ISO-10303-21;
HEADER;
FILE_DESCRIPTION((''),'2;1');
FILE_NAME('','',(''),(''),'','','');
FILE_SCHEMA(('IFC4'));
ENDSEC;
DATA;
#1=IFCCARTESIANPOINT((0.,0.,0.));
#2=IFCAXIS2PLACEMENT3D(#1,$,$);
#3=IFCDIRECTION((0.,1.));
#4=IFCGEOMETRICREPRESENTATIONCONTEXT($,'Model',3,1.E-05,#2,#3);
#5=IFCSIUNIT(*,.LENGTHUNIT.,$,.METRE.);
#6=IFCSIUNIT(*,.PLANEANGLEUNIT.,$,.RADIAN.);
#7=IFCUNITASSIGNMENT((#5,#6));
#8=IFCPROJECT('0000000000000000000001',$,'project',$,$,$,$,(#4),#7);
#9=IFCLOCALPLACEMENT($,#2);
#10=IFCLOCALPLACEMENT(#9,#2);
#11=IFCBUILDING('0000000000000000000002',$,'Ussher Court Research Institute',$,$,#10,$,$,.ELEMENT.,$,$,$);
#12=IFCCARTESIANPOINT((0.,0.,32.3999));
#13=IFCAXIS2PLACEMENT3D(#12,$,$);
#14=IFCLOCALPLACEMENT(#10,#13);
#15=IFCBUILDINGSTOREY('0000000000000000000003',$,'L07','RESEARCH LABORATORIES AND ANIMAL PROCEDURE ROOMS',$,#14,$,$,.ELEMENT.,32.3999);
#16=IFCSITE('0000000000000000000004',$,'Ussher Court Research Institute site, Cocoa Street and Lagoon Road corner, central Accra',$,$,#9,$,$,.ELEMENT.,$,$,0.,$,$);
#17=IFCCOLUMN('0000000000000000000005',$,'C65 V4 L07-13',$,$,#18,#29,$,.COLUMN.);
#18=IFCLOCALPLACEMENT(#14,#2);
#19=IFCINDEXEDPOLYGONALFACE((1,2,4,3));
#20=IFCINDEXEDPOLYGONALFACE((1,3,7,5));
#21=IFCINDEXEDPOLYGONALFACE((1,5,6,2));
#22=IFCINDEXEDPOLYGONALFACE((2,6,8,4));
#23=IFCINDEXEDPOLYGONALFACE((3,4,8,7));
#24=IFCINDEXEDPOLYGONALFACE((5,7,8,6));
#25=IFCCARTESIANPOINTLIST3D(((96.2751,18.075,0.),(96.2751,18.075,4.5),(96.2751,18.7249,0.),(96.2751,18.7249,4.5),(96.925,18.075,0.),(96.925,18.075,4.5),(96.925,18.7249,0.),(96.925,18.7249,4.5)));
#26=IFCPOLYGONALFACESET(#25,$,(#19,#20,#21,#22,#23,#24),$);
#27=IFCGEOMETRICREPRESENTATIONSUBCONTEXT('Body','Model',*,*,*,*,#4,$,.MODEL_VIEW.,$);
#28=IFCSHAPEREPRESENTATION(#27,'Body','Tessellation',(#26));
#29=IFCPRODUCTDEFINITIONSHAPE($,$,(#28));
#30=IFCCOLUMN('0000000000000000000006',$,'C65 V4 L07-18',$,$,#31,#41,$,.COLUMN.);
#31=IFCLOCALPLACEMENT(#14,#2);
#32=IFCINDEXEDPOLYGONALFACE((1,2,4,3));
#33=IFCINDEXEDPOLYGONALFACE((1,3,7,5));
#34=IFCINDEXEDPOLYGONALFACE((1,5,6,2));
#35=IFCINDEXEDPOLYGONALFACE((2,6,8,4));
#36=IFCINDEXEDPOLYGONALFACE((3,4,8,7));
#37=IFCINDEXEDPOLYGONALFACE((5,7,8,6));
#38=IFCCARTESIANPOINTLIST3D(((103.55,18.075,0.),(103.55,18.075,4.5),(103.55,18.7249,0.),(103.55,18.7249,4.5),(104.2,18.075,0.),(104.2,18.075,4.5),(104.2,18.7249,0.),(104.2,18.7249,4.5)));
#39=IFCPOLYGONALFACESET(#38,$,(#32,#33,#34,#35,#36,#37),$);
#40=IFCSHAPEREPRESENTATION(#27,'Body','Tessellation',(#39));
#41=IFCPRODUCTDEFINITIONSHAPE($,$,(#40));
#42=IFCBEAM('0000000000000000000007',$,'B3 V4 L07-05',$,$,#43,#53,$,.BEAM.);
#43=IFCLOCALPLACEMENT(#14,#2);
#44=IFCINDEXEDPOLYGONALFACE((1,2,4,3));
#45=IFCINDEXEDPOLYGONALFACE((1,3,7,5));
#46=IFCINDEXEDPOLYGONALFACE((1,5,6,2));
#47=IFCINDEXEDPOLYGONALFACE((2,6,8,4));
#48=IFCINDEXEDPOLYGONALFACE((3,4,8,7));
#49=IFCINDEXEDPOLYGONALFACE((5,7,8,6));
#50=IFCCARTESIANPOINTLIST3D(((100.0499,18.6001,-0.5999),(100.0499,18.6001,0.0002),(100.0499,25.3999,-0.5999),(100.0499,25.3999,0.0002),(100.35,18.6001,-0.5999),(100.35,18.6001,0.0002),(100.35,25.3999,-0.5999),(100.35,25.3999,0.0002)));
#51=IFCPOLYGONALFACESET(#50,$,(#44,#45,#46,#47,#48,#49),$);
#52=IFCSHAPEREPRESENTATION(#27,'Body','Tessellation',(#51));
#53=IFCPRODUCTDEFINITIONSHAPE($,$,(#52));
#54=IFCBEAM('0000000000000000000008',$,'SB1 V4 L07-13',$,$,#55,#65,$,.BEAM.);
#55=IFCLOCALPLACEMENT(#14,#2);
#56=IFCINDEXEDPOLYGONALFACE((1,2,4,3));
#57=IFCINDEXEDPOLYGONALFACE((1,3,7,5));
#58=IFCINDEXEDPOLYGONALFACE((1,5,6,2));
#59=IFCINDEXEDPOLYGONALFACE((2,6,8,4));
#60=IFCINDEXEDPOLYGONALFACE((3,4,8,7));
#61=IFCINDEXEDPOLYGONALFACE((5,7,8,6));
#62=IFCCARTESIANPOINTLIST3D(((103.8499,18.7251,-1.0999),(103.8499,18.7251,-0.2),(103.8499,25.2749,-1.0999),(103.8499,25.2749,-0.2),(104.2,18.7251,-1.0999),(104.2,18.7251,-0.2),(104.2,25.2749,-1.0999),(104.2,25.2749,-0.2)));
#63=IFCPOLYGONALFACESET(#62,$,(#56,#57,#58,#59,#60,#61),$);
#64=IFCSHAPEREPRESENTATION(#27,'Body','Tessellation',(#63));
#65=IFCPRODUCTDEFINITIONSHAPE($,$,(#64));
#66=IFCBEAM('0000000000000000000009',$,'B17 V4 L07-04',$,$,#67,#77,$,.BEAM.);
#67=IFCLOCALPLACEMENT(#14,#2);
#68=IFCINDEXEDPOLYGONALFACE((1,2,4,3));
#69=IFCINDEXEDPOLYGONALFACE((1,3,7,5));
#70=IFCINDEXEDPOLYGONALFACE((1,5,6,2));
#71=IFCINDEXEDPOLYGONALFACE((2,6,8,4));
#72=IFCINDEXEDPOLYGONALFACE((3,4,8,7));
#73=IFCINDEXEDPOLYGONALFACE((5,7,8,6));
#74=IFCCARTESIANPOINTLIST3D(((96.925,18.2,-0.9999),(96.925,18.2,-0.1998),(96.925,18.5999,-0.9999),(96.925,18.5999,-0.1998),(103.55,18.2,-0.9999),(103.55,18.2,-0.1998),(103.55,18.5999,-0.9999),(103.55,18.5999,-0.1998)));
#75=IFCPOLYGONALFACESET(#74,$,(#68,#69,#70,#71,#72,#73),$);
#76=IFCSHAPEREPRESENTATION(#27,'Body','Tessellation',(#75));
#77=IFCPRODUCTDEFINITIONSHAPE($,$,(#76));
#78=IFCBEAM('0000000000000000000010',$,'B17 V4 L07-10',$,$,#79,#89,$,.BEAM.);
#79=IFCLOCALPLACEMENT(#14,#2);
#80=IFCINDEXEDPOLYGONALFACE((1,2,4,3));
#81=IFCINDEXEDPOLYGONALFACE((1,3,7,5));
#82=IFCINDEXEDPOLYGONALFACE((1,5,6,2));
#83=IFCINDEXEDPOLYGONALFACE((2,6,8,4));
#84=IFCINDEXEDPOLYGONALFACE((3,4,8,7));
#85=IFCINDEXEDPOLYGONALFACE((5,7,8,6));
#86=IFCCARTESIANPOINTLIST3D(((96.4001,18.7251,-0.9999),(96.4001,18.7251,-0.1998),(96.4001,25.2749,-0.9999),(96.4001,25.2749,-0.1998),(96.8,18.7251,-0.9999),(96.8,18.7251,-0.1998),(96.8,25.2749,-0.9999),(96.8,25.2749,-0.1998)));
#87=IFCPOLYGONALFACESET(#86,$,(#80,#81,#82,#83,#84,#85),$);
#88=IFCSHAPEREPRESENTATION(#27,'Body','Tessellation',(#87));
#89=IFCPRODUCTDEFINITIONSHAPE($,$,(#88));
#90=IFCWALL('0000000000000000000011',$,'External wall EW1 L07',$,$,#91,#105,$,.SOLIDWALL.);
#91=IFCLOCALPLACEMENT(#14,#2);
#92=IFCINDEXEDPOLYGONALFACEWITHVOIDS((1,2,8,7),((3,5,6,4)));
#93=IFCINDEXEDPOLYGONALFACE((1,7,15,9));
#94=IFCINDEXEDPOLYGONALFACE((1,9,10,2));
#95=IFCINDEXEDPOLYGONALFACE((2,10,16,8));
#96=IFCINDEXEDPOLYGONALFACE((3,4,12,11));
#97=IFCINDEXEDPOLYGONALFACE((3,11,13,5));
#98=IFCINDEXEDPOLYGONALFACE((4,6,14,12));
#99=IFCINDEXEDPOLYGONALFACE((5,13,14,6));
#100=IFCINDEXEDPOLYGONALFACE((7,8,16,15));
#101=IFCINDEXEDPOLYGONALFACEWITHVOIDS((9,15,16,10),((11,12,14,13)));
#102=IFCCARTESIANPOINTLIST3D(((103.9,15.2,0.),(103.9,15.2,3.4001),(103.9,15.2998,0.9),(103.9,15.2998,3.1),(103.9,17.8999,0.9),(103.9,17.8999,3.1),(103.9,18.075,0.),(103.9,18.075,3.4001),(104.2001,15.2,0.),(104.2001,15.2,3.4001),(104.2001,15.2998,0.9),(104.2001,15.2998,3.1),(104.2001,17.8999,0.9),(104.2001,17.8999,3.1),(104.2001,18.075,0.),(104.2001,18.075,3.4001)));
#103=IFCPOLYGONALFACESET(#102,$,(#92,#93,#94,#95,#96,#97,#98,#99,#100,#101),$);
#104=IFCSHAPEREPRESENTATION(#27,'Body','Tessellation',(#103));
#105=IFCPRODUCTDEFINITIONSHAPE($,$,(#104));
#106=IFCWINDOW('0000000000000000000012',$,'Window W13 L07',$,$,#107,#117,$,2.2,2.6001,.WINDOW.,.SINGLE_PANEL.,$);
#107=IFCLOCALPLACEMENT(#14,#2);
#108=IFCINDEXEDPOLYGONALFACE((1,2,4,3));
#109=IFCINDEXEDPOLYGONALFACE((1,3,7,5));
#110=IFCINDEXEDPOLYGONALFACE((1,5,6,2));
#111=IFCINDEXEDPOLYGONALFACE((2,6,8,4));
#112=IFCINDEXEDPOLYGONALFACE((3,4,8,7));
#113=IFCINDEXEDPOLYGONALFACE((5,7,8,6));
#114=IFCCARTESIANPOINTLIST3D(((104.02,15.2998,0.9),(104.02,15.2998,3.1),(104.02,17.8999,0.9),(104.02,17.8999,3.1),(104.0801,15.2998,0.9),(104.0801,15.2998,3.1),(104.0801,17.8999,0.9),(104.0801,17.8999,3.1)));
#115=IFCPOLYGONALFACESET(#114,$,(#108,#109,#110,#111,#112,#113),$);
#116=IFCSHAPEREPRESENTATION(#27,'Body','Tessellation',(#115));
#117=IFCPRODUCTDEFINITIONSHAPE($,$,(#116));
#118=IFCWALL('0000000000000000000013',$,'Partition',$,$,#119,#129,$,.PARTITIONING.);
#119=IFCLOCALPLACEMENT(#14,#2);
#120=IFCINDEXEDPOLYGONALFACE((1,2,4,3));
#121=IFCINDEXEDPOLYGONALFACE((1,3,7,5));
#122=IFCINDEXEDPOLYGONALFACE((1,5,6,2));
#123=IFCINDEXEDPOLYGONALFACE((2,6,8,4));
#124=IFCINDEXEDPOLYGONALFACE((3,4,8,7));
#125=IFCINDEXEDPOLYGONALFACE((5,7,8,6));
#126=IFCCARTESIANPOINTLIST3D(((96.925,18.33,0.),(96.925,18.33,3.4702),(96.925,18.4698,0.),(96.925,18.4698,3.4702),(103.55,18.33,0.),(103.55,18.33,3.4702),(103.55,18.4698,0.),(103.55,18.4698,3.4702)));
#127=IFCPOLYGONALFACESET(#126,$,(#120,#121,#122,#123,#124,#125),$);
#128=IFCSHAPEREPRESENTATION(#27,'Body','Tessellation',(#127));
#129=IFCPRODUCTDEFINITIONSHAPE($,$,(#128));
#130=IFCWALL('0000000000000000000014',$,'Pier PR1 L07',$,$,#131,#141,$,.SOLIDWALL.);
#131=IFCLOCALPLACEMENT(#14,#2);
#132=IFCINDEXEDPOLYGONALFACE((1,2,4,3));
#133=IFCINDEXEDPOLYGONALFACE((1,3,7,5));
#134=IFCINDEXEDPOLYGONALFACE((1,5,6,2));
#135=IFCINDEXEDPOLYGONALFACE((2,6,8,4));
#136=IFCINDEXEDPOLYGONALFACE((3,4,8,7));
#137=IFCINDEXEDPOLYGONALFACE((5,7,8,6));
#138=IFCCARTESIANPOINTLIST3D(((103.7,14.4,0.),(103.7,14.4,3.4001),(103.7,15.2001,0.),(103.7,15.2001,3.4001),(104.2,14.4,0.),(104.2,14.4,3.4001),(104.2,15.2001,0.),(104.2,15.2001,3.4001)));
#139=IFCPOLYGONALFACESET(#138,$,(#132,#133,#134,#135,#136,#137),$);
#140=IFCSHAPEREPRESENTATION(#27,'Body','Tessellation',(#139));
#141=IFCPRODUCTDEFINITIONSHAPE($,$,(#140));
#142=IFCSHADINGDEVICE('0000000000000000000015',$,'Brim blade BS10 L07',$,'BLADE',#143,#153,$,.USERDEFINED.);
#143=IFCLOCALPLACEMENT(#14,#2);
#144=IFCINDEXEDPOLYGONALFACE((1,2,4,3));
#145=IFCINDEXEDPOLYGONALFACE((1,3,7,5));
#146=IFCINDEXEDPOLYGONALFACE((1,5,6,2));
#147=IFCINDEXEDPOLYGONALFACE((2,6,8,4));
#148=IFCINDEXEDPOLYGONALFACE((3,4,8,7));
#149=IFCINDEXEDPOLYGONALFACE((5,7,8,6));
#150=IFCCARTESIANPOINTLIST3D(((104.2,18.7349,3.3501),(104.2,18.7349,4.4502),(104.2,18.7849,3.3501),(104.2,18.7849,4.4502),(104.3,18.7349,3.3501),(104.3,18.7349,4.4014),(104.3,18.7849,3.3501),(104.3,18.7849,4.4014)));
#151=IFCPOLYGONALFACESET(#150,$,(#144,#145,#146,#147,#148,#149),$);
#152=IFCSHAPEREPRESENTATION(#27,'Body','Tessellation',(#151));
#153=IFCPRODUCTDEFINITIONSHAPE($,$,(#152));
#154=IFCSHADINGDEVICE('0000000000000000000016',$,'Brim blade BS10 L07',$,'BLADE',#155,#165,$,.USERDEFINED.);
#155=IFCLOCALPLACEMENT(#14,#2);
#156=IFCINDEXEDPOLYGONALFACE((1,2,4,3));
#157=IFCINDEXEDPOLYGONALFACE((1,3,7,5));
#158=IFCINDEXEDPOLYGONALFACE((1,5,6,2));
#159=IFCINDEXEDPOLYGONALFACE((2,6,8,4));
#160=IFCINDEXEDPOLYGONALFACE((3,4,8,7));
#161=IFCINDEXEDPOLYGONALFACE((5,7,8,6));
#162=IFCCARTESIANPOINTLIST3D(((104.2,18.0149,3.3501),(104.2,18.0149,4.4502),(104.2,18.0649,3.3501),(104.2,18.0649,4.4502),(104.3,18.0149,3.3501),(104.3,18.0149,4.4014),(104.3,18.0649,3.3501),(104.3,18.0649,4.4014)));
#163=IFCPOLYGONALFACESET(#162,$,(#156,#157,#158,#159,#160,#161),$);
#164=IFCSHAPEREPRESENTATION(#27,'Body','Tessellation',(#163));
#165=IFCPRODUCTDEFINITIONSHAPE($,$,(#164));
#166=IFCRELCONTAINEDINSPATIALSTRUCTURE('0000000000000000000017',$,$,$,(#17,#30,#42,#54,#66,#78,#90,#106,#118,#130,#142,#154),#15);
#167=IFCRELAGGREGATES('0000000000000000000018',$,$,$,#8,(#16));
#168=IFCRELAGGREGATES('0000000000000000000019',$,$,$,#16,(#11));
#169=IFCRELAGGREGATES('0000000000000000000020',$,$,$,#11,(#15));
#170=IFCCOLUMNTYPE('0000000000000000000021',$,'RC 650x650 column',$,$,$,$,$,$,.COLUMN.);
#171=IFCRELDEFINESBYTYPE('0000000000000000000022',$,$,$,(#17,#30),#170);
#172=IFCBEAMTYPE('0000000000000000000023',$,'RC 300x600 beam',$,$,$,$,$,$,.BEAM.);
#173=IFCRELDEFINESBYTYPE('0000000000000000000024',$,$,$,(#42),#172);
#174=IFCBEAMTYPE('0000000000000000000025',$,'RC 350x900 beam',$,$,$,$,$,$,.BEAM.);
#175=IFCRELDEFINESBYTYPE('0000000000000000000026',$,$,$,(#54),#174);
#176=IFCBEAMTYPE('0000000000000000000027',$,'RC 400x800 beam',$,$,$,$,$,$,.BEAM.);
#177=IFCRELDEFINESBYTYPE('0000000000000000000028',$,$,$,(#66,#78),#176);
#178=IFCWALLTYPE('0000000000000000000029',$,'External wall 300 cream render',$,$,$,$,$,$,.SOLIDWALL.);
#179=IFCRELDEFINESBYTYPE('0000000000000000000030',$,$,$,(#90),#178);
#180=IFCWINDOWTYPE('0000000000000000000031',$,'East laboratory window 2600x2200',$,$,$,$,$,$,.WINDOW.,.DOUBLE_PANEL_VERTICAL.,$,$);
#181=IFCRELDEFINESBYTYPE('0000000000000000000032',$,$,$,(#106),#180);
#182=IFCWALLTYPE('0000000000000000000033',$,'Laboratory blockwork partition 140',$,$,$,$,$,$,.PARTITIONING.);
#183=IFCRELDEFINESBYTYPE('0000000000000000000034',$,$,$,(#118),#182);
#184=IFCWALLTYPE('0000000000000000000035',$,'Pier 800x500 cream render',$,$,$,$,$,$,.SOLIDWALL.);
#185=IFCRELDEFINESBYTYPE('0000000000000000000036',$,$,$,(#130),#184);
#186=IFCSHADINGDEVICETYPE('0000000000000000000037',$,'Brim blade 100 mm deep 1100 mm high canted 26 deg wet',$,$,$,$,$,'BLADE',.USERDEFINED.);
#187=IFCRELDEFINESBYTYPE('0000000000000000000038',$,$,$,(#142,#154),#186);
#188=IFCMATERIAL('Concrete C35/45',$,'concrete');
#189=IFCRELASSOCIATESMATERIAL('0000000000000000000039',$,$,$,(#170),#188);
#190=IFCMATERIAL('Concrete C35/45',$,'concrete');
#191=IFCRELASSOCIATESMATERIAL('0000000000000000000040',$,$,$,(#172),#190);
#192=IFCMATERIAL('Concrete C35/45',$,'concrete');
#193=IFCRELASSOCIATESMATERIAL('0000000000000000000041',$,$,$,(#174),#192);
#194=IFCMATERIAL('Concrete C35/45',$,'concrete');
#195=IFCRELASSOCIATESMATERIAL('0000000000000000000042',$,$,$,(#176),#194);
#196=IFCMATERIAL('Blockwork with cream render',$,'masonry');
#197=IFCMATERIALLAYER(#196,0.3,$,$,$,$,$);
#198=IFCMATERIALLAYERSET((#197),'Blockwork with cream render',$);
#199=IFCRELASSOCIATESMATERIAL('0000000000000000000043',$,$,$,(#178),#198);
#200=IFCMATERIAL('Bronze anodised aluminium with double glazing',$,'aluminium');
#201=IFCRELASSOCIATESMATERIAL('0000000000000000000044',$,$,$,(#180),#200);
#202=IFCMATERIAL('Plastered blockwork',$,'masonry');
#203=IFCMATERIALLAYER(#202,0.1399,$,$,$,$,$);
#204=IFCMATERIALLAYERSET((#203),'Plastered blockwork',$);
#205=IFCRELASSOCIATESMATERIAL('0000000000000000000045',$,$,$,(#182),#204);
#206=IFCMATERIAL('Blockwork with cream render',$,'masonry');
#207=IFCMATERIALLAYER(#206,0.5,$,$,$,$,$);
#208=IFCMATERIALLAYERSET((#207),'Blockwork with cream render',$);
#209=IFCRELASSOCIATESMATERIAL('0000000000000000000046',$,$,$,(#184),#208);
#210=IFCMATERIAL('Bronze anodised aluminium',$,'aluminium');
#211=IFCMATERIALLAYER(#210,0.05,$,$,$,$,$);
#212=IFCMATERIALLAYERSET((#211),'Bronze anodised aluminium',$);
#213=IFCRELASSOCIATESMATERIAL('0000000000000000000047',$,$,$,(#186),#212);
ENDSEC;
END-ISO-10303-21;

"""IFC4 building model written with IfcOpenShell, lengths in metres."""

from ifc_helpers import new_model, si_unit, direction, frame, frame_2d, origin, origin_2d, place, context, subcontext, project, spatial, polyline, rectangle, outline, extrude, material, layer, layer_set, material_profile, profile_set, type_object, element, fill, save


model = new_model("IFC4")

# Units and contexts
model_context = context("Model", 3, precision=1e-05, world=origin(), true_north=direction((0.0, 1.0)))
body_context = subcontext(model_context, "Body", "Model", "MODEL_VIEW")
ifc_project = project(units=[si_unit("LENGTHUNIT", "METRE"), si_unit("PLANEANGLEUNIT", "RADIAN")], contexts=[model_context])

# Site, building, storey
site_placement = place(None, origin())
site = spatial("IfcSite", under=ifc_project, at=site_placement, Name="Ussher Court Research Institute site, Cocoa Street and Lagoon Road corner, central Accra", CompositionType="ELEMENT", RefElevation=0.0)
building_placement = place(site_placement, origin())
building = spatial("IfcBuilding", under=site, at=building_placement, Name="Ussher Court Research Institute", CompositionType="ELEMENT")
storey_placement = place(building_placement, frame((0.0, 0.0, 32.3999)))
storey = spatial("IfcBuildingStorey", under=building, at=storey_placement, Name="L07", Description="RESEARCH LABORATORIES AND ANIMAL PROCEDURE ROOMS", CompositionType="ELEMENT", Elevation=32.3999)

# Columns
ifc_material_1 = material(Name="Concrete C35/45", Category="concrete")
ifc_material_profile_1 = material_profile(ifc_material_1, rectangle(XDim=0.6499, YDim=0.6499, at=origin_2d()), Name="RC 650x650")
ifc_profile_set_1 = profile_set([ifc_material_profile_1], Name="Concrete C35/45")
column_type = type_object("IfcColumnType", Name="RC 650x650 column", PredefinedType="COLUMN", material=ifc_profile_set_1)
for number, where, z_axis, x_axis, name in (
    (1, (96.6001, 18.3999, 0.0), (0.0, 0.0, 1.0), (1.0, 0.0, 0.0), "C65 V4 L07-13"),
    (2, (103.875, 18.3999, 0.0), (0.0, 0.0, 1.0), (1.0, 0.0, 0.0), "C65 V4 L07-18"),
):
    element("IfcColumn", number, at=place(storey_placement, frame(where, z_axis=z_axis, x_axis=x_axis)), inside=storey, type_object=column_type, Name=name, PredefinedType="COLUMN", context=body_context, shape_type="SweptSolid", body=[
        extrude(rectangle(XDim=0.6499, YDim=0.6499, at=origin_2d()), origin(), (0.0, 0.0, 1.0), 4.5),
    ])

# Beams
ifc_material_2 = material(Name="Concrete C35/45", Category="concrete")
ifc_material_profile_2 = material_profile(ifc_material_2, rectangle(XDim=0.3, YDim=0.6001, at=origin_2d()), Name="RC 300x600")
ifc_profile_set_2 = profile_set([ifc_material_profile_2], Name="Concrete C35/45")
beam_type_1 = type_object("IfcBeamType", Name="RC 300x600 beam", PredefinedType="BEAM", material=ifc_profile_set_2)
beam_1_placement = place(storey_placement, frame((100.2, 18.6001, -0.2998), z_axis=(0.0, 1.0, 0.0), x_axis=(-1.0, 0.0, 0.0)))
element("IfcBeam", 3, at=beam_1_placement, inside=storey, type_object=beam_type_1, Name="B3 V4 L07-05", PredefinedType="BEAM", context=body_context, shape_type="SweptSolid", body=[
    extrude(rectangle(XDim=0.3, YDim=0.6001, at=origin_2d()), origin(), (0.0, 0.0, 1.0), 6.7998),
])
ifc_material_3 = material(Name="Concrete C35/45", Category="concrete")
ifc_material_profile_3 = material_profile(ifc_material_3, rectangle(XDim=0.3501, YDim=0.8999, at=origin_2d()), Name="RC 350x900")
ifc_profile_set_3 = profile_set([ifc_material_profile_3], Name="Concrete C35/45")
beam_type_2 = type_object("IfcBeamType", Name="RC 350x900 beam", PredefinedType="BEAM", material=ifc_profile_set_3)
beam_2_placement = place(storey_placement, frame((104.0249, 18.7251, -0.6499), z_axis=(0.0, 1.0, 0.0), x_axis=(-1.0, 0.0, 0.0)))
element("IfcBeam", 4, at=beam_2_placement, inside=storey, type_object=beam_type_2, Name="SB1 V4 L07-13", PredefinedType="BEAM", context=body_context, shape_type="SweptSolid", body=[
    extrude(rectangle(XDim=0.3501, YDim=0.8999, at=origin_2d()), origin(), (0.0, 0.0, 1.0), 6.5498),
])
ifc_material_4 = material(Name="Concrete C35/45", Category="concrete")
ifc_material_profile_4 = material_profile(ifc_material_4, rectangle(XDim=0.3999, YDim=0.8, at=origin_2d()), Name="RC 400x800")
ifc_profile_set_4 = profile_set([ifc_material_profile_4], Name="Concrete C35/45")
beam_type_3 = type_object("IfcBeamType", Name="RC 400x800 beam", PredefinedType="BEAM", material=ifc_profile_set_4)
beam_3_placement = place(storey_placement, frame((96.925, 18.3999, -0.5999), z_axis=(1.0, 0.0, 0.0), x_axis=(0.0, 1.0, 0.0)))
element("IfcBeam", 5, at=beam_3_placement, inside=storey, type_object=beam_type_3, Name="B17 V4 L07-04", PredefinedType="BEAM", context=body_context, shape_type="SweptSolid", body=[
    extrude(rectangle(XDim=0.3999, YDim=0.8, at=origin_2d()), origin(), (0.0, 0.0, 1.0), 6.625),
])
beam_4_placement = place(storey_placement, frame((96.6001, 18.7251, -0.5999), z_axis=(0.0, 1.0, 0.0), x_axis=(-1.0, 0.0, 0.0)))
element("IfcBeam", 6, at=beam_4_placement, inside=storey, type_object=beam_type_3, Name="B17 V4 L07-10", PredefinedType="BEAM", context=body_context, shape_type="SweptSolid", body=[
    extrude(rectangle(XDim=0.3999, YDim=0.8, at=origin_2d()), origin(), (0.0, 0.0, 1.0), 6.5498),
])

# Wall, opening, window
ifc_material_5 = material(Name="Blockwork with cream render", Category="masonry")
ifc_layer_1 = layer(ifc_material_5, 0.3)
ifc_layer_set_1 = layer_set([ifc_layer_1], Name="Blockwork with cream render")
wall_type_1 = type_object("IfcWallType", Name="External wall 300 cream render", PredefinedType="SOLIDWALL", material=ifc_layer_set_1)
wall_1_placement = place(storey_placement, frame((104.05, 18.075, 0.0), z_axis=(0.0, 0.0, 1.0), x_axis=(0.0, -1.0, 0.0)))
wall_1 = element("IfcWall", 7, at=wall_1_placement, inside=storey, type_object=wall_type_1, Name="External wall EW1 L07", PredefinedType="SOLIDWALL", context=body_context, shape_type="SweptSolid", body=[
    extrude(rectangle(XDim=2.875, YDim=0.3, at=frame_2d((1.4375, 0.0))), origin(), (0.0, 0.0, 1.0), 3.4001),
])
opening_placement = place(wall_1_placement, frame((0.175, 0.0, 0.8999)))
opening = element("IfcOpeningElement", 8, at=opening_placement, cuts=wall_1, PredefinedType="OPENING", context=body_context, shape_type="SweptSolid", body=[
    extrude(rectangle(XDim=2.6001, YDim=2.2, at=frame_2d((1.3, 1.1001))), frame((0.0, 0.1602, 0.0), z_axis=(0.0, -1.0, 0.0), x_axis=(1.0, 0.0, 0.0)), (0.0, 0.0, 1.0), 0.3201),
])
ifc_material_6 = material(Name="Bronze anodised aluminium with double glazing", Category="aluminium")
window_type = type_object("IfcWindowType", Name="East laboratory window 2600x2200", PartitioningType="DOUBLE_PANEL_VERTICAL", PredefinedType="WINDOW", material=ifc_material_6)
window_placement = place(opening_placement, origin())
window = element("IfcWindow", 9, at=window_placement, inside=storey, type_object=window_type, Name="Window W13 L07", OverallHeight=2.2, OverallWidth=2.6001, PartitioningType="SINGLE_PANEL", PredefinedType="WINDOW", context=body_context, shape_type="SweptSolid", body=[
    extrude(rectangle(XDim=2.6001, YDim=2.2, at=frame_2d((1.3, 1.1001))), frame((0.0, 0.03, 0.0), z_axis=(0.0, -1.0, 0.0), x_axis=(1.0, 0.0, 0.0)), (0.0, 0.0, 1.0), 0.0601),
])
fill(opening, window)

# Walls
ifc_material_7 = material(Name="Plastered blockwork", Category="masonry")
ifc_layer_2 = layer(ifc_material_7, 0.1399)
ifc_layer_set_2 = layer_set([ifc_layer_2], Name="Plastered blockwork")
wall_type_2 = type_object("IfcWallType", Name="Laboratory blockwork partition 140", PredefinedType="PARTITIONING", material=ifc_layer_set_2)
wall_2_placement = place(storey_placement, frame((96.925, 18.3999, 0.0), z_axis=(0.0, 0.0, 1.0), x_axis=(1.0, 0.0, 0.0)))
element("IfcWall", 10, at=wall_2_placement, inside=storey, type_object=wall_type_2, Name="Partition", PredefinedType="PARTITIONING", context=body_context, shape_type="SweptSolid", body=[
    extrude(rectangle(XDim=6.625, YDim=0.1399, at=frame_2d((3.3125, 0.0))), origin(), (0.0, 0.0, 1.0), 3.4702),
])
ifc_material_8 = material(Name="Blockwork with cream render", Category="masonry")
ifc_layer_3 = layer(ifc_material_8, 0.5)
ifc_layer_set_3 = layer_set([ifc_layer_3], Name="Blockwork with cream render")
wall_type_3 = type_object("IfcWallType", Name="Pier 800x500 cream render", PredefinedType="SOLIDWALL", material=ifc_layer_set_3)
wall_3_placement = place(storey_placement, frame((103.95, 15.2, 0.0), z_axis=(0.0, 0.0, 1.0), x_axis=(0.0, -1.0, 0.0)))
element("IfcWall", 11, at=wall_3_placement, inside=storey, type_object=wall_type_3, Name="Pier PR1 L07", PredefinedType="SOLIDWALL", context=body_context, shape_type="SweptSolid", body=[
    extrude(rectangle(XDim=0.8, YDim=0.5, at=frame_2d((0.3999, 0.0))), origin(), (0.0, 0.0, 1.0), 3.4001),
])

# Shading devices
ifc_material_9 = material(Name="Bronze anodised aluminium", Category="aluminium")
ifc_layer_4 = layer(ifc_material_9, 0.05)
ifc_layer_set_4 = layer_set([ifc_layer_4], Name="Bronze anodised aluminium")
shading_device_type_1 = type_object("IfcShadingDeviceType", Name="Brim blade 100 mm deep 1100 mm high canted 26 deg wet", ElementType="BLADE", PredefinedType="USERDEFINED", material=ifc_layer_set_4)
for number, where, z_axis, x_axis, name in (
    (12, (104.2, 18.76, 3.3501), (0.0, 0.0, 1.0), (1.0, 0.0, 0.0), "Brim blade BS10 L07"),
    (13, (104.2, 18.04, 3.3501), (0.0, 0.0, 1.0), (1.0, 0.0, 0.0), "Brim blade BS10 L07"),
):
    element("IfcShadingDevice", number, at=place(storey_placement, frame(where, z_axis=z_axis, x_axis=x_axis)), inside=storey, type_object=shading_device_type_1, Name=name, ObjectType="BLADE", PredefinedType="USERDEFINED", context=body_context, shape_type="SweptSolid", body=[
        extrude(outline(polyline([(0.0, 0.0), (0.1001, 0.0), (0.1001, 1.0513), (0.0, 1.1001), (0.0, 0.0)])), frame((0.0, 0.0249, 0.0), z_axis=(0.0, -1.0, 0.0), x_axis=(1.0, 0.0, 0.0)), (0.0, 0.0, 1.0), 0.05),
    ])

save(model, "model.ifc")
